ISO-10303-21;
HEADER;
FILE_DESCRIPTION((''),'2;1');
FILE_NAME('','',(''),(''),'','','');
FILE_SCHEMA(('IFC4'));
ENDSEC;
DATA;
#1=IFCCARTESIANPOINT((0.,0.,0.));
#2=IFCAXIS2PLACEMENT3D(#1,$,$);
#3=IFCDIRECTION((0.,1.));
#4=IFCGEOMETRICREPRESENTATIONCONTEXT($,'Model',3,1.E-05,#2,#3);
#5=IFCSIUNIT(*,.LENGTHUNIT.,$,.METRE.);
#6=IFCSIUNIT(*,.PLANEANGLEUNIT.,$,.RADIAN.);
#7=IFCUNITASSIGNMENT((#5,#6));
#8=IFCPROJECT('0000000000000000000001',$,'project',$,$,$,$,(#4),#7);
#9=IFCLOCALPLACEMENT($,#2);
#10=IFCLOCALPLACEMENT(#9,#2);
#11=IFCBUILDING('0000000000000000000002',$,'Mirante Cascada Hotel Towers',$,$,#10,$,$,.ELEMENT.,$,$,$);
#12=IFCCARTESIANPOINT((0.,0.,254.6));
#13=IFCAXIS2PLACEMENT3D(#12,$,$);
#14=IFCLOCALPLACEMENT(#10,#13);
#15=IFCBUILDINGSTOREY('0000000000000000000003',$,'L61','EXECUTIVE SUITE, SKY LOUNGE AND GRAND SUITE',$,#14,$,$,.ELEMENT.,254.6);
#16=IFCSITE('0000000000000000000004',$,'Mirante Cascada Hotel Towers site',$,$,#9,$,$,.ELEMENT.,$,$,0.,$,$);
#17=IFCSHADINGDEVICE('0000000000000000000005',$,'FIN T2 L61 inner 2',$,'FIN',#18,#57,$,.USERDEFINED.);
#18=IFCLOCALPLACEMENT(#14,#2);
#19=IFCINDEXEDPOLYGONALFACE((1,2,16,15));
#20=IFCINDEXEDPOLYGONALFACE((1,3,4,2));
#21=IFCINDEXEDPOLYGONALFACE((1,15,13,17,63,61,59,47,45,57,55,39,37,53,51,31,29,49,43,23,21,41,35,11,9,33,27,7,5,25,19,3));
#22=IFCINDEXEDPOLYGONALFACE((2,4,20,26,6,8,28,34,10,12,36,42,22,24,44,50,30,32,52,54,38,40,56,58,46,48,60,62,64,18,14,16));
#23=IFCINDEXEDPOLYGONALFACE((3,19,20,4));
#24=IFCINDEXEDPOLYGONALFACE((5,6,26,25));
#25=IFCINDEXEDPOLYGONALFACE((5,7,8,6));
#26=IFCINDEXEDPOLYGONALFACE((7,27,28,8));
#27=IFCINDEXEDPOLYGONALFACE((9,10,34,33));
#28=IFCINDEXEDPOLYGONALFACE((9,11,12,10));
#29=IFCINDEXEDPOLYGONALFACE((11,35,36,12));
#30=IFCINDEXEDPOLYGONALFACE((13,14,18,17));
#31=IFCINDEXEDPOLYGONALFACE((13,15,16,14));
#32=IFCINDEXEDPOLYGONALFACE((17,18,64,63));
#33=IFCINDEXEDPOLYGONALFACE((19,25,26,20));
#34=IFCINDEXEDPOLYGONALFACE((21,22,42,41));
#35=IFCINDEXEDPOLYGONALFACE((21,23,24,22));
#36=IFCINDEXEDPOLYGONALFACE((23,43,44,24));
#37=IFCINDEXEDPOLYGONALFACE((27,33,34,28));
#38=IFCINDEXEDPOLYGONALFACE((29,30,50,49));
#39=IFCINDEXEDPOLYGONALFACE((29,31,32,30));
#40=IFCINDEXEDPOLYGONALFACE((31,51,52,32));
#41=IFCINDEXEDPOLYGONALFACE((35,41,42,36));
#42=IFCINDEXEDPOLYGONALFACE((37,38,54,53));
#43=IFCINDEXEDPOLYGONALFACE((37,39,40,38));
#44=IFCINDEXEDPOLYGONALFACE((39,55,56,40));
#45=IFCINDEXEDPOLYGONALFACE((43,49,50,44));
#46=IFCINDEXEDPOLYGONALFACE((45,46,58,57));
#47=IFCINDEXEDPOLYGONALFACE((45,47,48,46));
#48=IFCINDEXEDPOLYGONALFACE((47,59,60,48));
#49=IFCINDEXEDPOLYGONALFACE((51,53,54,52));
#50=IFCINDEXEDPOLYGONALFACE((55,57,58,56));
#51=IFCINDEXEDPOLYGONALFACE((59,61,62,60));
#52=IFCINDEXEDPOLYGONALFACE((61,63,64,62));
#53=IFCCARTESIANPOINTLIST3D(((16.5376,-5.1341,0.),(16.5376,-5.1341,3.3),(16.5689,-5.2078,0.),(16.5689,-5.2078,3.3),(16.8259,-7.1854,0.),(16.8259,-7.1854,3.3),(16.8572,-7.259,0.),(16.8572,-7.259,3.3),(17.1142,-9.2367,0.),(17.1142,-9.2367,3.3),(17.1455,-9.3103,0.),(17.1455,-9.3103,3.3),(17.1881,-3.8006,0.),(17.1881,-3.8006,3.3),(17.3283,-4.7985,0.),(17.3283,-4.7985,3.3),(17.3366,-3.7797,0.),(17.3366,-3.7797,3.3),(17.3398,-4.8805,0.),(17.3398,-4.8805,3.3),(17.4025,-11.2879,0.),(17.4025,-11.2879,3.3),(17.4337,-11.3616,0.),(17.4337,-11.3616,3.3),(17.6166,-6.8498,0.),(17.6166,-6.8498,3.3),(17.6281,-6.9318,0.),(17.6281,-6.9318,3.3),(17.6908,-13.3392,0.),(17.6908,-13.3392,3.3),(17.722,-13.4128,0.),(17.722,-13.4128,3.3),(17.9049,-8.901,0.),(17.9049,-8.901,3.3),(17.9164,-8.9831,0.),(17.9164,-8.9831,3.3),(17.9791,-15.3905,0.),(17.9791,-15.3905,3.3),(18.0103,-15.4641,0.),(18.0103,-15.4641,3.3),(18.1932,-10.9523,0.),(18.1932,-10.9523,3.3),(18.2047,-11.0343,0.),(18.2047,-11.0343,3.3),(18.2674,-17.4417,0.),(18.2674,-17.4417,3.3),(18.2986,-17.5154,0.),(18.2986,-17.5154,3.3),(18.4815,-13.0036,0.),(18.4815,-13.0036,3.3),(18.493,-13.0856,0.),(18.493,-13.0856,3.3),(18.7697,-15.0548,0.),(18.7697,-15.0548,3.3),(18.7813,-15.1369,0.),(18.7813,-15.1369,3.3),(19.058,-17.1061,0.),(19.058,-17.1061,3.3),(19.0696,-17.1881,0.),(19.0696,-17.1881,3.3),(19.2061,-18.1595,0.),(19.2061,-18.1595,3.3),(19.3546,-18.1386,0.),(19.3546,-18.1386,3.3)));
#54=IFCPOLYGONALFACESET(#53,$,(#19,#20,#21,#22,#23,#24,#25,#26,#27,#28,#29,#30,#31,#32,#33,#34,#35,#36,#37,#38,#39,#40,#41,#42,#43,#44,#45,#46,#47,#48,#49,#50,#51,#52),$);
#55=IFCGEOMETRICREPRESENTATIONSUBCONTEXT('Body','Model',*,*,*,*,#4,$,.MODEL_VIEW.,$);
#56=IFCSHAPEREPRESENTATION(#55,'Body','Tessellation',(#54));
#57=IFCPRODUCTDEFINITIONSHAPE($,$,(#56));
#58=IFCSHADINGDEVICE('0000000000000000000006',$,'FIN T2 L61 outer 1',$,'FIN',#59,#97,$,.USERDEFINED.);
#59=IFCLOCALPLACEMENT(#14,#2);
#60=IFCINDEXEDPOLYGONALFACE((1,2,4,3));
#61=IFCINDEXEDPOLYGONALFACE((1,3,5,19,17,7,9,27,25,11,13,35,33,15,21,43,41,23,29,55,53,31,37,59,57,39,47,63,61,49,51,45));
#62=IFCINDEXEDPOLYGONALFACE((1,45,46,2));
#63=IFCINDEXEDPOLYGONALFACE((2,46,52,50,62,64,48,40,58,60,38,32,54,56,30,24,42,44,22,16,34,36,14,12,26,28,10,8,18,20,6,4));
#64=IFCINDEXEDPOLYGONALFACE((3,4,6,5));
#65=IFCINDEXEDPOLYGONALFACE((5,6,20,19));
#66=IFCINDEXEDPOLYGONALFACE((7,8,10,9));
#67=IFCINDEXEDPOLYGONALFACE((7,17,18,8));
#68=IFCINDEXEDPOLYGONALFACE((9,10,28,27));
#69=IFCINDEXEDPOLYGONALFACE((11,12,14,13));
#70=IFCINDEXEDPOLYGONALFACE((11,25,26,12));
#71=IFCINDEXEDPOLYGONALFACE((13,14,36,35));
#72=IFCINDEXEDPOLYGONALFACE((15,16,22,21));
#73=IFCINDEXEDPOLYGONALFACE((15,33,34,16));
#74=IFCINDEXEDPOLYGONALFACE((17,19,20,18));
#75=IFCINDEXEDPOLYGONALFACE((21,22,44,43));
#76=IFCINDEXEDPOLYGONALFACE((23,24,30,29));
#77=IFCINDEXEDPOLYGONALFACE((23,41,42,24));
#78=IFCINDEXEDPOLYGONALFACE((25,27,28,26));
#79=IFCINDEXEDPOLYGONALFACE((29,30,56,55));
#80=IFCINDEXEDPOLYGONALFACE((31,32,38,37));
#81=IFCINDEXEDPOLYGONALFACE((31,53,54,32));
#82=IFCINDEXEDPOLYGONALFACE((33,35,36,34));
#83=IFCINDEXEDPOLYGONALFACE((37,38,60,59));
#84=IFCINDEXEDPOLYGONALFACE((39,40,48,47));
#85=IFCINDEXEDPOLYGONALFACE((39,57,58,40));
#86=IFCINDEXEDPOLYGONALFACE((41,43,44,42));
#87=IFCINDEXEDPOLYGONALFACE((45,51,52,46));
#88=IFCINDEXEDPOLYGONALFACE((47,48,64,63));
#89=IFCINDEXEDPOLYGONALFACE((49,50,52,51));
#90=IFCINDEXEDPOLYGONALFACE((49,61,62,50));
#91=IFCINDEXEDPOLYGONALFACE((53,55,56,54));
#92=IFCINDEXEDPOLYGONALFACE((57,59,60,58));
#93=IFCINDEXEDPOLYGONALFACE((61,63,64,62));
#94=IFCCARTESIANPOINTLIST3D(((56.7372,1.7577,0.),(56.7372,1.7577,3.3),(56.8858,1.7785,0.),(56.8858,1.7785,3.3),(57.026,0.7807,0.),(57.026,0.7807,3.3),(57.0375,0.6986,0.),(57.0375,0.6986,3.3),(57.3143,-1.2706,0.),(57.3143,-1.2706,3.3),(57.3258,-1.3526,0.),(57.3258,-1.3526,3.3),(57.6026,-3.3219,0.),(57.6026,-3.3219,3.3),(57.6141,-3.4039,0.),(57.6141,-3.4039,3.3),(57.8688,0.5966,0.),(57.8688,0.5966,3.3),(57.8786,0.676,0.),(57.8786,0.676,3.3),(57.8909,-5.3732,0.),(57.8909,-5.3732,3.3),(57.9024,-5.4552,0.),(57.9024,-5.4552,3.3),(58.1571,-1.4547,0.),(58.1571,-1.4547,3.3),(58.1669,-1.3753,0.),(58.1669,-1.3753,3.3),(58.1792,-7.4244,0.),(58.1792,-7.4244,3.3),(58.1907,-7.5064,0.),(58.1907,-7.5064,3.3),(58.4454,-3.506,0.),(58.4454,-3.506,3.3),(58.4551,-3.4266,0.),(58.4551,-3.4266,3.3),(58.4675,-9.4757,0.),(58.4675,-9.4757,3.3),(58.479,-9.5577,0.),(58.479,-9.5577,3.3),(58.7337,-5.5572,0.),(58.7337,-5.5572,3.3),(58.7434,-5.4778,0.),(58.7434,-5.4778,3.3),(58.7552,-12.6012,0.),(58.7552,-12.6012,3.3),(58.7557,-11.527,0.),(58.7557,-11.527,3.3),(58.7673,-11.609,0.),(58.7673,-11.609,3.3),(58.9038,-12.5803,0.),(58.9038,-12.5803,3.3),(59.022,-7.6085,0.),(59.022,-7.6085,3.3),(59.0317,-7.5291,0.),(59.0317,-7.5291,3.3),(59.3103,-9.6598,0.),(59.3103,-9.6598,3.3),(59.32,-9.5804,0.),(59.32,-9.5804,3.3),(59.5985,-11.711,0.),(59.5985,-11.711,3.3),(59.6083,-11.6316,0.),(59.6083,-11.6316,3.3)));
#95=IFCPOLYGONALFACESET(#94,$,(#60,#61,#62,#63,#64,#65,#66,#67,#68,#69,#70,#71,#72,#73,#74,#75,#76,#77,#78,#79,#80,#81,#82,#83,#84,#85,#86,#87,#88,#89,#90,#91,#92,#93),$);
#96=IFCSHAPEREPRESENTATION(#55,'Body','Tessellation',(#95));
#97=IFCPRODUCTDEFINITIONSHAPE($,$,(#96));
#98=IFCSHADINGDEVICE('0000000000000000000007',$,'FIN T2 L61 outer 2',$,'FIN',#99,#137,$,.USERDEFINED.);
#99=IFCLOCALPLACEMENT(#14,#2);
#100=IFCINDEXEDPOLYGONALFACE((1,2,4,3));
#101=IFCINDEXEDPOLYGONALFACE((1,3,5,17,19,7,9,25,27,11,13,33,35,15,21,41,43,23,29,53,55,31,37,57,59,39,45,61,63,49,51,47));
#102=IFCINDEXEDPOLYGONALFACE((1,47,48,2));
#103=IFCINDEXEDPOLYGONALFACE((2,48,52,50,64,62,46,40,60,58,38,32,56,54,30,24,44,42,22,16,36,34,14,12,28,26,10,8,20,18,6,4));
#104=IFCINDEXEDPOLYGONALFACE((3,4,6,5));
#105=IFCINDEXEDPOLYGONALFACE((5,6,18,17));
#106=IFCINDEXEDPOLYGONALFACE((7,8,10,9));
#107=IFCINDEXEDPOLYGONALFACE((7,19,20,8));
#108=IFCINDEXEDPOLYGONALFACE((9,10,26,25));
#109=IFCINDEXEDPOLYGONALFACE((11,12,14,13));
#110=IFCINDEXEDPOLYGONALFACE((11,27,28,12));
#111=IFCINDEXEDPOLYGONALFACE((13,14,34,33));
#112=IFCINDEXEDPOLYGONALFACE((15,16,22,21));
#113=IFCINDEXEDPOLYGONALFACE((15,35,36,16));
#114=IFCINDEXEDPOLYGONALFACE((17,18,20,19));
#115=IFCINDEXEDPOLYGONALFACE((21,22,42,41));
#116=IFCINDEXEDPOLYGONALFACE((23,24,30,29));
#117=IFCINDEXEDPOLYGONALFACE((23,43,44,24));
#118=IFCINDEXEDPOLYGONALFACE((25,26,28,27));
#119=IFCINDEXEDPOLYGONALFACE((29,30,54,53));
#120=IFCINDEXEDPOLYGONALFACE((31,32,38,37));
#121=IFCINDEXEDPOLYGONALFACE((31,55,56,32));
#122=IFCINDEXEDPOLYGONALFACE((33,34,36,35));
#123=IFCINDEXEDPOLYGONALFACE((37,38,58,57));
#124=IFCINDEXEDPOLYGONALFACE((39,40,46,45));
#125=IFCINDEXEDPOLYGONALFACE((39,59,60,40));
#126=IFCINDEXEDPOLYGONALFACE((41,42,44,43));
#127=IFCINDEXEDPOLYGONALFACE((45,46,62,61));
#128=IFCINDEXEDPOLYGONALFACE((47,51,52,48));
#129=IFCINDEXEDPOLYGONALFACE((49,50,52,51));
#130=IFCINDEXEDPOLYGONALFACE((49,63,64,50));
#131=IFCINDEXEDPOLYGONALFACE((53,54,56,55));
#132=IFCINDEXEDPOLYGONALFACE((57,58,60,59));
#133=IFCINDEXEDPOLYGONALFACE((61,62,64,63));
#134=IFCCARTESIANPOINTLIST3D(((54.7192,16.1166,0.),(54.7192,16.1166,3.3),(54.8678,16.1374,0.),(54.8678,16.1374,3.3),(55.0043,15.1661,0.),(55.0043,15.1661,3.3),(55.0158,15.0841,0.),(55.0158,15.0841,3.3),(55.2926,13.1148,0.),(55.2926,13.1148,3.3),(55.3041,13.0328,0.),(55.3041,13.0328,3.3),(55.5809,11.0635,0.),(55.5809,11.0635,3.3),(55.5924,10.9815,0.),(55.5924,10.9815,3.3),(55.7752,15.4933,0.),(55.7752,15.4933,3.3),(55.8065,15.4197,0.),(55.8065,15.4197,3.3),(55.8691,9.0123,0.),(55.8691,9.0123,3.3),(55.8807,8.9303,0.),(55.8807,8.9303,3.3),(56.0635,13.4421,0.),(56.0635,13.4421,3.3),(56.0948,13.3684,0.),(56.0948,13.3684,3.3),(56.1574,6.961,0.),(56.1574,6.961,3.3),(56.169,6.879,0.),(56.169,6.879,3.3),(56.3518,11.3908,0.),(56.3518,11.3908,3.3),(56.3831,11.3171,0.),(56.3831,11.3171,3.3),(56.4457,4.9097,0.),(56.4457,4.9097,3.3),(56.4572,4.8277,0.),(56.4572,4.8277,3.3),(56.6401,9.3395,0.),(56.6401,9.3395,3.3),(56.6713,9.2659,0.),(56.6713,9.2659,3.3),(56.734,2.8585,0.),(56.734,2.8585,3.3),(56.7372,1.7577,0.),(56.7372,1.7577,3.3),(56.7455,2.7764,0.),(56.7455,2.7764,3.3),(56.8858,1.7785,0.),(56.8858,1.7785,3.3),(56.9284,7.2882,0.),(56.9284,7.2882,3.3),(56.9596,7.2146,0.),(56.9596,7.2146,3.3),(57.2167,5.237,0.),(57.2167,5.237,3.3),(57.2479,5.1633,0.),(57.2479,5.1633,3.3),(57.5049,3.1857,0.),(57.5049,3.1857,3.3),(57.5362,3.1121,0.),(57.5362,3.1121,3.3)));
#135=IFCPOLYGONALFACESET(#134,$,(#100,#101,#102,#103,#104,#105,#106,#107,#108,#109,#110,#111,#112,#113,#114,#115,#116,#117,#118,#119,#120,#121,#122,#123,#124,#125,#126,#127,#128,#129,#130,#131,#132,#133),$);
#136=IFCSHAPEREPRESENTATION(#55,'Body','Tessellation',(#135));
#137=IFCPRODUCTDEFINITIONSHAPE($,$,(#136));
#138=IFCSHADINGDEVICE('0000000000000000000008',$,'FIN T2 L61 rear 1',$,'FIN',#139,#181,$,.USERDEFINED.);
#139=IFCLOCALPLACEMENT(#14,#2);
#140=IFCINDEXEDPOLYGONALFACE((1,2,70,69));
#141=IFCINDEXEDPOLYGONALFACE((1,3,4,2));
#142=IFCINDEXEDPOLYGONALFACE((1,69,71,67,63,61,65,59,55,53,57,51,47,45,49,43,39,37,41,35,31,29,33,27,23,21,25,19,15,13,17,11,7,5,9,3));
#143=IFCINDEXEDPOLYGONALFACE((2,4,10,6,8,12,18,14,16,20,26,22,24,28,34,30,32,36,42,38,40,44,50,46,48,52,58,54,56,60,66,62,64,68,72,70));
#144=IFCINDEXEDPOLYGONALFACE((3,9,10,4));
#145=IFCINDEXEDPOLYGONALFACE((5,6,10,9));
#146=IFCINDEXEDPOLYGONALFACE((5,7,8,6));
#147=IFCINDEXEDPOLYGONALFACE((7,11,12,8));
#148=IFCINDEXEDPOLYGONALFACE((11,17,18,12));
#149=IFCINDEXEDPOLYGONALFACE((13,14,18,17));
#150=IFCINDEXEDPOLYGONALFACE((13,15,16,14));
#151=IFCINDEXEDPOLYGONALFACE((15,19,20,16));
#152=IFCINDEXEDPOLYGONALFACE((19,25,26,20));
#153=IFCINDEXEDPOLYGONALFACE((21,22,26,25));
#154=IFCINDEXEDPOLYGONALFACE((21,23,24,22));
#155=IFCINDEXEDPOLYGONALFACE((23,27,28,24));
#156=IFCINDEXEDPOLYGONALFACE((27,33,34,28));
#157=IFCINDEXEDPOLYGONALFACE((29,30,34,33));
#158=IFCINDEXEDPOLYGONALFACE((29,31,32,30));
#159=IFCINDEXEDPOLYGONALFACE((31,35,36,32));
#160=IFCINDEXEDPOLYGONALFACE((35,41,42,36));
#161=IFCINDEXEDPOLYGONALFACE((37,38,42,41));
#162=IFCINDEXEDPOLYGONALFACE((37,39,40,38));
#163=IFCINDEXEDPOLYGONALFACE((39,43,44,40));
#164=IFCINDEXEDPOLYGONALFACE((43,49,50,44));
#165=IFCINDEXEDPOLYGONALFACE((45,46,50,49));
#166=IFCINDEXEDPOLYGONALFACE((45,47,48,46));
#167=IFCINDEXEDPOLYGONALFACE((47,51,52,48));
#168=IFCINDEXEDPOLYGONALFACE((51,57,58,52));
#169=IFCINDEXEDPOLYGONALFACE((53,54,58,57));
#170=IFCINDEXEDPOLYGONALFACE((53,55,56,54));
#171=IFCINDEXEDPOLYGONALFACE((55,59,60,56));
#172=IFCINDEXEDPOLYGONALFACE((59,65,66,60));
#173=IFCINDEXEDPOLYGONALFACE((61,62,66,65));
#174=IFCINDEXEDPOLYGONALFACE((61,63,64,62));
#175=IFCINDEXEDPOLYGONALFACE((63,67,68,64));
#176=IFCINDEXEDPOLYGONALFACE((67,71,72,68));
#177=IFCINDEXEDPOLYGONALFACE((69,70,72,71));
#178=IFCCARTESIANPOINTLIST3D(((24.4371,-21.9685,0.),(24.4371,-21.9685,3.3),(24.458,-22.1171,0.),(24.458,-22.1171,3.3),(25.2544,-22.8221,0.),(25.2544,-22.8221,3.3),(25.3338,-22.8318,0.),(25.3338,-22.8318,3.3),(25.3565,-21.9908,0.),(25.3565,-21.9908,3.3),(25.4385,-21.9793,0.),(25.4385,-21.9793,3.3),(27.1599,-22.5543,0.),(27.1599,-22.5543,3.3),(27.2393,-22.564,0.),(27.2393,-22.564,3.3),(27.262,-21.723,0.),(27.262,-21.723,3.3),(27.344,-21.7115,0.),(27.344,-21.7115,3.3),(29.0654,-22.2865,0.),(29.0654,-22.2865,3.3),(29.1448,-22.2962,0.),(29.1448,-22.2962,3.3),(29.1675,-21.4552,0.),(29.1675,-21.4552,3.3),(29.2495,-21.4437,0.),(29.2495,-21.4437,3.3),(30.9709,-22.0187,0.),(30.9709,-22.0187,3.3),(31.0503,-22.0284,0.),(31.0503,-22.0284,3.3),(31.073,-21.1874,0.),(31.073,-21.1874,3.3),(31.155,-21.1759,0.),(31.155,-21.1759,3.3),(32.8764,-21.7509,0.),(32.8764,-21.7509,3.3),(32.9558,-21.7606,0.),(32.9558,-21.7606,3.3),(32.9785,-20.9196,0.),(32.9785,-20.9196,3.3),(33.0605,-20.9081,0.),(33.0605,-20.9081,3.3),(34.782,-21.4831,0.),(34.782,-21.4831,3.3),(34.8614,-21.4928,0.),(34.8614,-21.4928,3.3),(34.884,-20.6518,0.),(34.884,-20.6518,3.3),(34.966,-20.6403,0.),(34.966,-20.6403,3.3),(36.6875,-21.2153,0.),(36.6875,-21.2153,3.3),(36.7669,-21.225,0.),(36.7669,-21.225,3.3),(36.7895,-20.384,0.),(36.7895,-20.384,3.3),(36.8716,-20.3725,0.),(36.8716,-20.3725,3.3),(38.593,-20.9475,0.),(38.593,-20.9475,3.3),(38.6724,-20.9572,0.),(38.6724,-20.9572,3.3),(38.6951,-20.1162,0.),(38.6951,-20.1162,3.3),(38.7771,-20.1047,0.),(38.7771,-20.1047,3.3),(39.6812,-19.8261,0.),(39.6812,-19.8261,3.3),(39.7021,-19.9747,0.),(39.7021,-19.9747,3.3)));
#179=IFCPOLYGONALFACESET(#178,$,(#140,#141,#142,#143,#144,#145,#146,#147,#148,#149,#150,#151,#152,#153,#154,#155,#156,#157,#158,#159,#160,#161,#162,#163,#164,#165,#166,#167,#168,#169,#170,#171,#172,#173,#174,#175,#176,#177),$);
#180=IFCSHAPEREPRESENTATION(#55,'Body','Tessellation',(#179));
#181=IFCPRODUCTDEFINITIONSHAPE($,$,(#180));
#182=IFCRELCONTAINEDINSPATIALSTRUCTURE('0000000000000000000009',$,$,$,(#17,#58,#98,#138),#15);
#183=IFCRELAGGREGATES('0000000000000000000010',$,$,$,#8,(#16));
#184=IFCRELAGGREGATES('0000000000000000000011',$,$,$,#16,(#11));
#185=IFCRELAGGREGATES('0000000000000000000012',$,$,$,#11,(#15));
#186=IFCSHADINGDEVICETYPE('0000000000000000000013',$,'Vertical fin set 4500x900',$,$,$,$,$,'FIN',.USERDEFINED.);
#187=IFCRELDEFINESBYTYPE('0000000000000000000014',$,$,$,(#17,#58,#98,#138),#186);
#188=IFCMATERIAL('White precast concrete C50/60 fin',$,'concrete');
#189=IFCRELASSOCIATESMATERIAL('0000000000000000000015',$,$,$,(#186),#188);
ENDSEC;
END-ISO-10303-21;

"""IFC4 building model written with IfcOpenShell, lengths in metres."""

from ifc_helpers import new_model, si_unit, direction, frame, origin, place, context, subcontext, project, spatial, polyline, outline, extrude, material, type_object, element, save


model = new_model("IFC4")

# Units and contexts
model_context = context("Model", 3, precision=1e-05, world=origin(), true_north=direction((0.0, 1.0)))
body_context = subcontext(model_context, "Body", "Model", "MODEL_VIEW")
ifc_project = project(units=[si_unit("LENGTHUNIT", "METRE"), si_unit("PLANEANGLEUNIT", "RADIAN")], contexts=[model_context])

# Site, building, storey
site_placement = place(None, origin())
site = spatial("IfcSite", under=ifc_project, at=site_placement, Name="Mirante Cascada Hotel Towers site", CompositionType="ELEMENT", RefElevation=0.0)
building_placement = place(site_placement, origin())
building = spatial("IfcBuilding", under=site, at=building_placement, Name="Mirante Cascada Hotel Towers", CompositionType="ELEMENT")
storey_placement = place(building_placement, frame((0.0, 0.0, 254.6)))
storey = spatial("IfcBuildingStorey", under=building, at=storey_placement, Name="L61", Description="EXECUTIVE SUITE, SKY LOUNGE AND GRAND SUITE", CompositionType="ELEMENT", Elevation=254.6)

# Shading devices
ifc_material_1 = material(Name="White precast concrete C50/60 fin", Category="concrete")
shading_device_type = type_object("IfcShadingDeviceType", Name="Vertical fin set 4500x900", ElementType="FIN", PredefinedType="USERDEFINED", material=ifc_material_1)
shading_device_1_placement = place(storey_placement, origin())
element("IfcShadingDevice", 1, at=shading_device_1_placement, inside=storey, type_object=shading_device_type, Name="FIN T2 L61 inner 2", ObjectType="FIN", PredefinedType="USERDEFINED", context=body_context, shape_type="SweptSolid", body=[
    extrude(outline(polyline([(18.2674, -17.4417), (19.058, -17.1061), (18.7813, -15.1369), (18.0103, -15.4641), (17.9791, -15.3905), (18.7697, -15.0548), (18.493, -13.0856), (17.722, -13.4128), (17.6908, -13.3392), (18.4815, -13.0036), (18.2047, -11.0343), (17.4337, -11.3616), (17.4025, -11.2879), (18.1932, -10.9523), (17.9164, -8.9831), (17.1455, -9.3103), (17.1142, -9.2367), (17.9049, -8.901), (17.6281, -6.9318), (16.8572, -7.259), (16.8259, -7.1854), (17.6166, -6.8498), (17.3398, -4.8805), (16.5689, -5.2078), (16.5376, -5.1341), (17.3283, -4.7985), (17.1881, -3.8006), (17.3366, -3.7797), (19.3546, -18.1386), (19.2061, -18.1595), (19.0696, -17.1881), (18.2986, -17.5154), (18.2674, -17.4417)])), origin(), (0.0, 0.0, 1.0), 3.3),
])
shading_device_2_placement = place(storey_placement, origin())
element("IfcShadingDevice", 2, at=shading_device_2_placement, inside=storey, type_object=shading_device_type, Name="FIN T2 L61 outer 1", ObjectType="FIN", PredefinedType="USERDEFINED", context=body_context, shape_type="SweptSolid", body=[
    extrude(outline(polyline([(59.5985, -11.711), (58.7673, -11.609), (58.9038, -12.5803), (58.7552, -12.6012), (56.7372, 1.7577), (56.8858, 1.7785), (57.026, 0.7807), (57.8786, 0.676), (57.8688, 0.5966), (57.0375, 0.6986), (57.3143, -1.2706), (58.1669, -1.3753), (58.1571, -1.4547), (57.3258, -1.3526), (57.6026, -3.3219), (58.4551, -3.4266), (58.4454, -3.506), (57.6141, -3.4039), (57.8909, -5.3732), (58.7434, -5.4778), (58.7337, -5.5572), (57.9024, -5.4552), (58.1792, -7.4244), (59.0317, -7.5291), (59.022, -7.6085), (58.1907, -7.5064), (58.4675, -9.4757), (59.32, -9.5804), (59.3103, -9.6598), (58.479, -9.5577), (58.7557, -11.527), (59.6083, -11.6316), (59.5985, -11.711)])), origin(), (0.0, 0.0, 1.0), 3.3),
])
shading_device_3_placement = place(storey_placement, origin())
element("IfcShadingDevice", 3, at=shading_device_3_placement, inside=storey, type_object=shading_device_type, Name="FIN T2 L61 outer 2", ObjectType="FIN", PredefinedType="USERDEFINED", context=body_context, shape_type="SweptSolid", body=[
    extrude(outline(polyline([(57.5362, 3.1121), (56.7455, 2.7764), (56.8858, 1.7785), (56.7372, 1.7577), (54.7192, 16.1166), (54.8678, 16.1374), (55.0043, 15.1661), (55.7752, 15.4933), (55.8065, 15.4197), (55.0158, 15.0841), (55.2926, 13.1148), (56.0635, 13.4421), (56.0948, 13.3684), (55.3041, 13.0328), (55.5809, 11.0635), (56.3518, 11.3908), (56.3831, 11.3171), (55.5924, 10.9815), (55.8691, 9.0123), (56.6401, 9.3395), (56.6713, 9.2659), (55.8807, 8.9303), (56.1574, 6.961), (56.9284, 7.2882), (56.9596, 7.2146), (56.169, 6.879), (56.4457, 4.9097), (57.2167, 5.237), (57.2479, 5.1633), (56.4572, 4.8277), (56.734, 2.8585), (57.5049, 3.1857), (57.5362, 3.1121)])), origin(), (0.0, 0.0, 1.0), 3.3),
])
shading_device_4_placement = place(storey_placement, origin())
element("IfcShadingDevice", 4, at=shading_device_4_placement, inside=storey, type_object=shading_device_type, Name="FIN T2 L61 rear 1", ObjectType="FIN", PredefinedType="USERDEFINED", context=body_context, shape_type="SweptSolid", body=[
    extrude(outline(polyline([(25.2544, -22.8221), (25.3565, -21.9908), (24.458, -22.1171), (24.4371, -21.9685), (39.6812, -19.8261), (39.7021, -19.9747), (38.7771, -20.1047), (38.6724, -20.9572), (38.593, -20.9475), (38.6951, -20.1162), (36.8716, -20.3725), (36.7669, -21.225), (36.6875, -21.2153), (36.7895, -20.384), (34.966, -20.6403), (34.8614, -21.4928), (34.782, -21.4831), (34.884, -20.6518), (33.0605, -20.9081), (32.9558, -21.7606), (32.8764, -21.7509), (32.9785, -20.9196), (31.155, -21.1759), (31.0503, -22.0284), (30.9709, -22.0187), (31.073, -21.1874), (29.2495, -21.4437), (29.1448, -22.2962), (29.0654, -22.2865), (29.1675, -21.4552), (27.344, -21.7115), (27.2393, -22.564), (27.1599, -22.5543), (27.262, -21.723), (25.4385, -21.9793), (25.3338, -22.8318), (25.2544, -22.8221)])), origin(), (0.0, 0.0, 1.0), 3.3),
])

save(model, "model.ifc")
